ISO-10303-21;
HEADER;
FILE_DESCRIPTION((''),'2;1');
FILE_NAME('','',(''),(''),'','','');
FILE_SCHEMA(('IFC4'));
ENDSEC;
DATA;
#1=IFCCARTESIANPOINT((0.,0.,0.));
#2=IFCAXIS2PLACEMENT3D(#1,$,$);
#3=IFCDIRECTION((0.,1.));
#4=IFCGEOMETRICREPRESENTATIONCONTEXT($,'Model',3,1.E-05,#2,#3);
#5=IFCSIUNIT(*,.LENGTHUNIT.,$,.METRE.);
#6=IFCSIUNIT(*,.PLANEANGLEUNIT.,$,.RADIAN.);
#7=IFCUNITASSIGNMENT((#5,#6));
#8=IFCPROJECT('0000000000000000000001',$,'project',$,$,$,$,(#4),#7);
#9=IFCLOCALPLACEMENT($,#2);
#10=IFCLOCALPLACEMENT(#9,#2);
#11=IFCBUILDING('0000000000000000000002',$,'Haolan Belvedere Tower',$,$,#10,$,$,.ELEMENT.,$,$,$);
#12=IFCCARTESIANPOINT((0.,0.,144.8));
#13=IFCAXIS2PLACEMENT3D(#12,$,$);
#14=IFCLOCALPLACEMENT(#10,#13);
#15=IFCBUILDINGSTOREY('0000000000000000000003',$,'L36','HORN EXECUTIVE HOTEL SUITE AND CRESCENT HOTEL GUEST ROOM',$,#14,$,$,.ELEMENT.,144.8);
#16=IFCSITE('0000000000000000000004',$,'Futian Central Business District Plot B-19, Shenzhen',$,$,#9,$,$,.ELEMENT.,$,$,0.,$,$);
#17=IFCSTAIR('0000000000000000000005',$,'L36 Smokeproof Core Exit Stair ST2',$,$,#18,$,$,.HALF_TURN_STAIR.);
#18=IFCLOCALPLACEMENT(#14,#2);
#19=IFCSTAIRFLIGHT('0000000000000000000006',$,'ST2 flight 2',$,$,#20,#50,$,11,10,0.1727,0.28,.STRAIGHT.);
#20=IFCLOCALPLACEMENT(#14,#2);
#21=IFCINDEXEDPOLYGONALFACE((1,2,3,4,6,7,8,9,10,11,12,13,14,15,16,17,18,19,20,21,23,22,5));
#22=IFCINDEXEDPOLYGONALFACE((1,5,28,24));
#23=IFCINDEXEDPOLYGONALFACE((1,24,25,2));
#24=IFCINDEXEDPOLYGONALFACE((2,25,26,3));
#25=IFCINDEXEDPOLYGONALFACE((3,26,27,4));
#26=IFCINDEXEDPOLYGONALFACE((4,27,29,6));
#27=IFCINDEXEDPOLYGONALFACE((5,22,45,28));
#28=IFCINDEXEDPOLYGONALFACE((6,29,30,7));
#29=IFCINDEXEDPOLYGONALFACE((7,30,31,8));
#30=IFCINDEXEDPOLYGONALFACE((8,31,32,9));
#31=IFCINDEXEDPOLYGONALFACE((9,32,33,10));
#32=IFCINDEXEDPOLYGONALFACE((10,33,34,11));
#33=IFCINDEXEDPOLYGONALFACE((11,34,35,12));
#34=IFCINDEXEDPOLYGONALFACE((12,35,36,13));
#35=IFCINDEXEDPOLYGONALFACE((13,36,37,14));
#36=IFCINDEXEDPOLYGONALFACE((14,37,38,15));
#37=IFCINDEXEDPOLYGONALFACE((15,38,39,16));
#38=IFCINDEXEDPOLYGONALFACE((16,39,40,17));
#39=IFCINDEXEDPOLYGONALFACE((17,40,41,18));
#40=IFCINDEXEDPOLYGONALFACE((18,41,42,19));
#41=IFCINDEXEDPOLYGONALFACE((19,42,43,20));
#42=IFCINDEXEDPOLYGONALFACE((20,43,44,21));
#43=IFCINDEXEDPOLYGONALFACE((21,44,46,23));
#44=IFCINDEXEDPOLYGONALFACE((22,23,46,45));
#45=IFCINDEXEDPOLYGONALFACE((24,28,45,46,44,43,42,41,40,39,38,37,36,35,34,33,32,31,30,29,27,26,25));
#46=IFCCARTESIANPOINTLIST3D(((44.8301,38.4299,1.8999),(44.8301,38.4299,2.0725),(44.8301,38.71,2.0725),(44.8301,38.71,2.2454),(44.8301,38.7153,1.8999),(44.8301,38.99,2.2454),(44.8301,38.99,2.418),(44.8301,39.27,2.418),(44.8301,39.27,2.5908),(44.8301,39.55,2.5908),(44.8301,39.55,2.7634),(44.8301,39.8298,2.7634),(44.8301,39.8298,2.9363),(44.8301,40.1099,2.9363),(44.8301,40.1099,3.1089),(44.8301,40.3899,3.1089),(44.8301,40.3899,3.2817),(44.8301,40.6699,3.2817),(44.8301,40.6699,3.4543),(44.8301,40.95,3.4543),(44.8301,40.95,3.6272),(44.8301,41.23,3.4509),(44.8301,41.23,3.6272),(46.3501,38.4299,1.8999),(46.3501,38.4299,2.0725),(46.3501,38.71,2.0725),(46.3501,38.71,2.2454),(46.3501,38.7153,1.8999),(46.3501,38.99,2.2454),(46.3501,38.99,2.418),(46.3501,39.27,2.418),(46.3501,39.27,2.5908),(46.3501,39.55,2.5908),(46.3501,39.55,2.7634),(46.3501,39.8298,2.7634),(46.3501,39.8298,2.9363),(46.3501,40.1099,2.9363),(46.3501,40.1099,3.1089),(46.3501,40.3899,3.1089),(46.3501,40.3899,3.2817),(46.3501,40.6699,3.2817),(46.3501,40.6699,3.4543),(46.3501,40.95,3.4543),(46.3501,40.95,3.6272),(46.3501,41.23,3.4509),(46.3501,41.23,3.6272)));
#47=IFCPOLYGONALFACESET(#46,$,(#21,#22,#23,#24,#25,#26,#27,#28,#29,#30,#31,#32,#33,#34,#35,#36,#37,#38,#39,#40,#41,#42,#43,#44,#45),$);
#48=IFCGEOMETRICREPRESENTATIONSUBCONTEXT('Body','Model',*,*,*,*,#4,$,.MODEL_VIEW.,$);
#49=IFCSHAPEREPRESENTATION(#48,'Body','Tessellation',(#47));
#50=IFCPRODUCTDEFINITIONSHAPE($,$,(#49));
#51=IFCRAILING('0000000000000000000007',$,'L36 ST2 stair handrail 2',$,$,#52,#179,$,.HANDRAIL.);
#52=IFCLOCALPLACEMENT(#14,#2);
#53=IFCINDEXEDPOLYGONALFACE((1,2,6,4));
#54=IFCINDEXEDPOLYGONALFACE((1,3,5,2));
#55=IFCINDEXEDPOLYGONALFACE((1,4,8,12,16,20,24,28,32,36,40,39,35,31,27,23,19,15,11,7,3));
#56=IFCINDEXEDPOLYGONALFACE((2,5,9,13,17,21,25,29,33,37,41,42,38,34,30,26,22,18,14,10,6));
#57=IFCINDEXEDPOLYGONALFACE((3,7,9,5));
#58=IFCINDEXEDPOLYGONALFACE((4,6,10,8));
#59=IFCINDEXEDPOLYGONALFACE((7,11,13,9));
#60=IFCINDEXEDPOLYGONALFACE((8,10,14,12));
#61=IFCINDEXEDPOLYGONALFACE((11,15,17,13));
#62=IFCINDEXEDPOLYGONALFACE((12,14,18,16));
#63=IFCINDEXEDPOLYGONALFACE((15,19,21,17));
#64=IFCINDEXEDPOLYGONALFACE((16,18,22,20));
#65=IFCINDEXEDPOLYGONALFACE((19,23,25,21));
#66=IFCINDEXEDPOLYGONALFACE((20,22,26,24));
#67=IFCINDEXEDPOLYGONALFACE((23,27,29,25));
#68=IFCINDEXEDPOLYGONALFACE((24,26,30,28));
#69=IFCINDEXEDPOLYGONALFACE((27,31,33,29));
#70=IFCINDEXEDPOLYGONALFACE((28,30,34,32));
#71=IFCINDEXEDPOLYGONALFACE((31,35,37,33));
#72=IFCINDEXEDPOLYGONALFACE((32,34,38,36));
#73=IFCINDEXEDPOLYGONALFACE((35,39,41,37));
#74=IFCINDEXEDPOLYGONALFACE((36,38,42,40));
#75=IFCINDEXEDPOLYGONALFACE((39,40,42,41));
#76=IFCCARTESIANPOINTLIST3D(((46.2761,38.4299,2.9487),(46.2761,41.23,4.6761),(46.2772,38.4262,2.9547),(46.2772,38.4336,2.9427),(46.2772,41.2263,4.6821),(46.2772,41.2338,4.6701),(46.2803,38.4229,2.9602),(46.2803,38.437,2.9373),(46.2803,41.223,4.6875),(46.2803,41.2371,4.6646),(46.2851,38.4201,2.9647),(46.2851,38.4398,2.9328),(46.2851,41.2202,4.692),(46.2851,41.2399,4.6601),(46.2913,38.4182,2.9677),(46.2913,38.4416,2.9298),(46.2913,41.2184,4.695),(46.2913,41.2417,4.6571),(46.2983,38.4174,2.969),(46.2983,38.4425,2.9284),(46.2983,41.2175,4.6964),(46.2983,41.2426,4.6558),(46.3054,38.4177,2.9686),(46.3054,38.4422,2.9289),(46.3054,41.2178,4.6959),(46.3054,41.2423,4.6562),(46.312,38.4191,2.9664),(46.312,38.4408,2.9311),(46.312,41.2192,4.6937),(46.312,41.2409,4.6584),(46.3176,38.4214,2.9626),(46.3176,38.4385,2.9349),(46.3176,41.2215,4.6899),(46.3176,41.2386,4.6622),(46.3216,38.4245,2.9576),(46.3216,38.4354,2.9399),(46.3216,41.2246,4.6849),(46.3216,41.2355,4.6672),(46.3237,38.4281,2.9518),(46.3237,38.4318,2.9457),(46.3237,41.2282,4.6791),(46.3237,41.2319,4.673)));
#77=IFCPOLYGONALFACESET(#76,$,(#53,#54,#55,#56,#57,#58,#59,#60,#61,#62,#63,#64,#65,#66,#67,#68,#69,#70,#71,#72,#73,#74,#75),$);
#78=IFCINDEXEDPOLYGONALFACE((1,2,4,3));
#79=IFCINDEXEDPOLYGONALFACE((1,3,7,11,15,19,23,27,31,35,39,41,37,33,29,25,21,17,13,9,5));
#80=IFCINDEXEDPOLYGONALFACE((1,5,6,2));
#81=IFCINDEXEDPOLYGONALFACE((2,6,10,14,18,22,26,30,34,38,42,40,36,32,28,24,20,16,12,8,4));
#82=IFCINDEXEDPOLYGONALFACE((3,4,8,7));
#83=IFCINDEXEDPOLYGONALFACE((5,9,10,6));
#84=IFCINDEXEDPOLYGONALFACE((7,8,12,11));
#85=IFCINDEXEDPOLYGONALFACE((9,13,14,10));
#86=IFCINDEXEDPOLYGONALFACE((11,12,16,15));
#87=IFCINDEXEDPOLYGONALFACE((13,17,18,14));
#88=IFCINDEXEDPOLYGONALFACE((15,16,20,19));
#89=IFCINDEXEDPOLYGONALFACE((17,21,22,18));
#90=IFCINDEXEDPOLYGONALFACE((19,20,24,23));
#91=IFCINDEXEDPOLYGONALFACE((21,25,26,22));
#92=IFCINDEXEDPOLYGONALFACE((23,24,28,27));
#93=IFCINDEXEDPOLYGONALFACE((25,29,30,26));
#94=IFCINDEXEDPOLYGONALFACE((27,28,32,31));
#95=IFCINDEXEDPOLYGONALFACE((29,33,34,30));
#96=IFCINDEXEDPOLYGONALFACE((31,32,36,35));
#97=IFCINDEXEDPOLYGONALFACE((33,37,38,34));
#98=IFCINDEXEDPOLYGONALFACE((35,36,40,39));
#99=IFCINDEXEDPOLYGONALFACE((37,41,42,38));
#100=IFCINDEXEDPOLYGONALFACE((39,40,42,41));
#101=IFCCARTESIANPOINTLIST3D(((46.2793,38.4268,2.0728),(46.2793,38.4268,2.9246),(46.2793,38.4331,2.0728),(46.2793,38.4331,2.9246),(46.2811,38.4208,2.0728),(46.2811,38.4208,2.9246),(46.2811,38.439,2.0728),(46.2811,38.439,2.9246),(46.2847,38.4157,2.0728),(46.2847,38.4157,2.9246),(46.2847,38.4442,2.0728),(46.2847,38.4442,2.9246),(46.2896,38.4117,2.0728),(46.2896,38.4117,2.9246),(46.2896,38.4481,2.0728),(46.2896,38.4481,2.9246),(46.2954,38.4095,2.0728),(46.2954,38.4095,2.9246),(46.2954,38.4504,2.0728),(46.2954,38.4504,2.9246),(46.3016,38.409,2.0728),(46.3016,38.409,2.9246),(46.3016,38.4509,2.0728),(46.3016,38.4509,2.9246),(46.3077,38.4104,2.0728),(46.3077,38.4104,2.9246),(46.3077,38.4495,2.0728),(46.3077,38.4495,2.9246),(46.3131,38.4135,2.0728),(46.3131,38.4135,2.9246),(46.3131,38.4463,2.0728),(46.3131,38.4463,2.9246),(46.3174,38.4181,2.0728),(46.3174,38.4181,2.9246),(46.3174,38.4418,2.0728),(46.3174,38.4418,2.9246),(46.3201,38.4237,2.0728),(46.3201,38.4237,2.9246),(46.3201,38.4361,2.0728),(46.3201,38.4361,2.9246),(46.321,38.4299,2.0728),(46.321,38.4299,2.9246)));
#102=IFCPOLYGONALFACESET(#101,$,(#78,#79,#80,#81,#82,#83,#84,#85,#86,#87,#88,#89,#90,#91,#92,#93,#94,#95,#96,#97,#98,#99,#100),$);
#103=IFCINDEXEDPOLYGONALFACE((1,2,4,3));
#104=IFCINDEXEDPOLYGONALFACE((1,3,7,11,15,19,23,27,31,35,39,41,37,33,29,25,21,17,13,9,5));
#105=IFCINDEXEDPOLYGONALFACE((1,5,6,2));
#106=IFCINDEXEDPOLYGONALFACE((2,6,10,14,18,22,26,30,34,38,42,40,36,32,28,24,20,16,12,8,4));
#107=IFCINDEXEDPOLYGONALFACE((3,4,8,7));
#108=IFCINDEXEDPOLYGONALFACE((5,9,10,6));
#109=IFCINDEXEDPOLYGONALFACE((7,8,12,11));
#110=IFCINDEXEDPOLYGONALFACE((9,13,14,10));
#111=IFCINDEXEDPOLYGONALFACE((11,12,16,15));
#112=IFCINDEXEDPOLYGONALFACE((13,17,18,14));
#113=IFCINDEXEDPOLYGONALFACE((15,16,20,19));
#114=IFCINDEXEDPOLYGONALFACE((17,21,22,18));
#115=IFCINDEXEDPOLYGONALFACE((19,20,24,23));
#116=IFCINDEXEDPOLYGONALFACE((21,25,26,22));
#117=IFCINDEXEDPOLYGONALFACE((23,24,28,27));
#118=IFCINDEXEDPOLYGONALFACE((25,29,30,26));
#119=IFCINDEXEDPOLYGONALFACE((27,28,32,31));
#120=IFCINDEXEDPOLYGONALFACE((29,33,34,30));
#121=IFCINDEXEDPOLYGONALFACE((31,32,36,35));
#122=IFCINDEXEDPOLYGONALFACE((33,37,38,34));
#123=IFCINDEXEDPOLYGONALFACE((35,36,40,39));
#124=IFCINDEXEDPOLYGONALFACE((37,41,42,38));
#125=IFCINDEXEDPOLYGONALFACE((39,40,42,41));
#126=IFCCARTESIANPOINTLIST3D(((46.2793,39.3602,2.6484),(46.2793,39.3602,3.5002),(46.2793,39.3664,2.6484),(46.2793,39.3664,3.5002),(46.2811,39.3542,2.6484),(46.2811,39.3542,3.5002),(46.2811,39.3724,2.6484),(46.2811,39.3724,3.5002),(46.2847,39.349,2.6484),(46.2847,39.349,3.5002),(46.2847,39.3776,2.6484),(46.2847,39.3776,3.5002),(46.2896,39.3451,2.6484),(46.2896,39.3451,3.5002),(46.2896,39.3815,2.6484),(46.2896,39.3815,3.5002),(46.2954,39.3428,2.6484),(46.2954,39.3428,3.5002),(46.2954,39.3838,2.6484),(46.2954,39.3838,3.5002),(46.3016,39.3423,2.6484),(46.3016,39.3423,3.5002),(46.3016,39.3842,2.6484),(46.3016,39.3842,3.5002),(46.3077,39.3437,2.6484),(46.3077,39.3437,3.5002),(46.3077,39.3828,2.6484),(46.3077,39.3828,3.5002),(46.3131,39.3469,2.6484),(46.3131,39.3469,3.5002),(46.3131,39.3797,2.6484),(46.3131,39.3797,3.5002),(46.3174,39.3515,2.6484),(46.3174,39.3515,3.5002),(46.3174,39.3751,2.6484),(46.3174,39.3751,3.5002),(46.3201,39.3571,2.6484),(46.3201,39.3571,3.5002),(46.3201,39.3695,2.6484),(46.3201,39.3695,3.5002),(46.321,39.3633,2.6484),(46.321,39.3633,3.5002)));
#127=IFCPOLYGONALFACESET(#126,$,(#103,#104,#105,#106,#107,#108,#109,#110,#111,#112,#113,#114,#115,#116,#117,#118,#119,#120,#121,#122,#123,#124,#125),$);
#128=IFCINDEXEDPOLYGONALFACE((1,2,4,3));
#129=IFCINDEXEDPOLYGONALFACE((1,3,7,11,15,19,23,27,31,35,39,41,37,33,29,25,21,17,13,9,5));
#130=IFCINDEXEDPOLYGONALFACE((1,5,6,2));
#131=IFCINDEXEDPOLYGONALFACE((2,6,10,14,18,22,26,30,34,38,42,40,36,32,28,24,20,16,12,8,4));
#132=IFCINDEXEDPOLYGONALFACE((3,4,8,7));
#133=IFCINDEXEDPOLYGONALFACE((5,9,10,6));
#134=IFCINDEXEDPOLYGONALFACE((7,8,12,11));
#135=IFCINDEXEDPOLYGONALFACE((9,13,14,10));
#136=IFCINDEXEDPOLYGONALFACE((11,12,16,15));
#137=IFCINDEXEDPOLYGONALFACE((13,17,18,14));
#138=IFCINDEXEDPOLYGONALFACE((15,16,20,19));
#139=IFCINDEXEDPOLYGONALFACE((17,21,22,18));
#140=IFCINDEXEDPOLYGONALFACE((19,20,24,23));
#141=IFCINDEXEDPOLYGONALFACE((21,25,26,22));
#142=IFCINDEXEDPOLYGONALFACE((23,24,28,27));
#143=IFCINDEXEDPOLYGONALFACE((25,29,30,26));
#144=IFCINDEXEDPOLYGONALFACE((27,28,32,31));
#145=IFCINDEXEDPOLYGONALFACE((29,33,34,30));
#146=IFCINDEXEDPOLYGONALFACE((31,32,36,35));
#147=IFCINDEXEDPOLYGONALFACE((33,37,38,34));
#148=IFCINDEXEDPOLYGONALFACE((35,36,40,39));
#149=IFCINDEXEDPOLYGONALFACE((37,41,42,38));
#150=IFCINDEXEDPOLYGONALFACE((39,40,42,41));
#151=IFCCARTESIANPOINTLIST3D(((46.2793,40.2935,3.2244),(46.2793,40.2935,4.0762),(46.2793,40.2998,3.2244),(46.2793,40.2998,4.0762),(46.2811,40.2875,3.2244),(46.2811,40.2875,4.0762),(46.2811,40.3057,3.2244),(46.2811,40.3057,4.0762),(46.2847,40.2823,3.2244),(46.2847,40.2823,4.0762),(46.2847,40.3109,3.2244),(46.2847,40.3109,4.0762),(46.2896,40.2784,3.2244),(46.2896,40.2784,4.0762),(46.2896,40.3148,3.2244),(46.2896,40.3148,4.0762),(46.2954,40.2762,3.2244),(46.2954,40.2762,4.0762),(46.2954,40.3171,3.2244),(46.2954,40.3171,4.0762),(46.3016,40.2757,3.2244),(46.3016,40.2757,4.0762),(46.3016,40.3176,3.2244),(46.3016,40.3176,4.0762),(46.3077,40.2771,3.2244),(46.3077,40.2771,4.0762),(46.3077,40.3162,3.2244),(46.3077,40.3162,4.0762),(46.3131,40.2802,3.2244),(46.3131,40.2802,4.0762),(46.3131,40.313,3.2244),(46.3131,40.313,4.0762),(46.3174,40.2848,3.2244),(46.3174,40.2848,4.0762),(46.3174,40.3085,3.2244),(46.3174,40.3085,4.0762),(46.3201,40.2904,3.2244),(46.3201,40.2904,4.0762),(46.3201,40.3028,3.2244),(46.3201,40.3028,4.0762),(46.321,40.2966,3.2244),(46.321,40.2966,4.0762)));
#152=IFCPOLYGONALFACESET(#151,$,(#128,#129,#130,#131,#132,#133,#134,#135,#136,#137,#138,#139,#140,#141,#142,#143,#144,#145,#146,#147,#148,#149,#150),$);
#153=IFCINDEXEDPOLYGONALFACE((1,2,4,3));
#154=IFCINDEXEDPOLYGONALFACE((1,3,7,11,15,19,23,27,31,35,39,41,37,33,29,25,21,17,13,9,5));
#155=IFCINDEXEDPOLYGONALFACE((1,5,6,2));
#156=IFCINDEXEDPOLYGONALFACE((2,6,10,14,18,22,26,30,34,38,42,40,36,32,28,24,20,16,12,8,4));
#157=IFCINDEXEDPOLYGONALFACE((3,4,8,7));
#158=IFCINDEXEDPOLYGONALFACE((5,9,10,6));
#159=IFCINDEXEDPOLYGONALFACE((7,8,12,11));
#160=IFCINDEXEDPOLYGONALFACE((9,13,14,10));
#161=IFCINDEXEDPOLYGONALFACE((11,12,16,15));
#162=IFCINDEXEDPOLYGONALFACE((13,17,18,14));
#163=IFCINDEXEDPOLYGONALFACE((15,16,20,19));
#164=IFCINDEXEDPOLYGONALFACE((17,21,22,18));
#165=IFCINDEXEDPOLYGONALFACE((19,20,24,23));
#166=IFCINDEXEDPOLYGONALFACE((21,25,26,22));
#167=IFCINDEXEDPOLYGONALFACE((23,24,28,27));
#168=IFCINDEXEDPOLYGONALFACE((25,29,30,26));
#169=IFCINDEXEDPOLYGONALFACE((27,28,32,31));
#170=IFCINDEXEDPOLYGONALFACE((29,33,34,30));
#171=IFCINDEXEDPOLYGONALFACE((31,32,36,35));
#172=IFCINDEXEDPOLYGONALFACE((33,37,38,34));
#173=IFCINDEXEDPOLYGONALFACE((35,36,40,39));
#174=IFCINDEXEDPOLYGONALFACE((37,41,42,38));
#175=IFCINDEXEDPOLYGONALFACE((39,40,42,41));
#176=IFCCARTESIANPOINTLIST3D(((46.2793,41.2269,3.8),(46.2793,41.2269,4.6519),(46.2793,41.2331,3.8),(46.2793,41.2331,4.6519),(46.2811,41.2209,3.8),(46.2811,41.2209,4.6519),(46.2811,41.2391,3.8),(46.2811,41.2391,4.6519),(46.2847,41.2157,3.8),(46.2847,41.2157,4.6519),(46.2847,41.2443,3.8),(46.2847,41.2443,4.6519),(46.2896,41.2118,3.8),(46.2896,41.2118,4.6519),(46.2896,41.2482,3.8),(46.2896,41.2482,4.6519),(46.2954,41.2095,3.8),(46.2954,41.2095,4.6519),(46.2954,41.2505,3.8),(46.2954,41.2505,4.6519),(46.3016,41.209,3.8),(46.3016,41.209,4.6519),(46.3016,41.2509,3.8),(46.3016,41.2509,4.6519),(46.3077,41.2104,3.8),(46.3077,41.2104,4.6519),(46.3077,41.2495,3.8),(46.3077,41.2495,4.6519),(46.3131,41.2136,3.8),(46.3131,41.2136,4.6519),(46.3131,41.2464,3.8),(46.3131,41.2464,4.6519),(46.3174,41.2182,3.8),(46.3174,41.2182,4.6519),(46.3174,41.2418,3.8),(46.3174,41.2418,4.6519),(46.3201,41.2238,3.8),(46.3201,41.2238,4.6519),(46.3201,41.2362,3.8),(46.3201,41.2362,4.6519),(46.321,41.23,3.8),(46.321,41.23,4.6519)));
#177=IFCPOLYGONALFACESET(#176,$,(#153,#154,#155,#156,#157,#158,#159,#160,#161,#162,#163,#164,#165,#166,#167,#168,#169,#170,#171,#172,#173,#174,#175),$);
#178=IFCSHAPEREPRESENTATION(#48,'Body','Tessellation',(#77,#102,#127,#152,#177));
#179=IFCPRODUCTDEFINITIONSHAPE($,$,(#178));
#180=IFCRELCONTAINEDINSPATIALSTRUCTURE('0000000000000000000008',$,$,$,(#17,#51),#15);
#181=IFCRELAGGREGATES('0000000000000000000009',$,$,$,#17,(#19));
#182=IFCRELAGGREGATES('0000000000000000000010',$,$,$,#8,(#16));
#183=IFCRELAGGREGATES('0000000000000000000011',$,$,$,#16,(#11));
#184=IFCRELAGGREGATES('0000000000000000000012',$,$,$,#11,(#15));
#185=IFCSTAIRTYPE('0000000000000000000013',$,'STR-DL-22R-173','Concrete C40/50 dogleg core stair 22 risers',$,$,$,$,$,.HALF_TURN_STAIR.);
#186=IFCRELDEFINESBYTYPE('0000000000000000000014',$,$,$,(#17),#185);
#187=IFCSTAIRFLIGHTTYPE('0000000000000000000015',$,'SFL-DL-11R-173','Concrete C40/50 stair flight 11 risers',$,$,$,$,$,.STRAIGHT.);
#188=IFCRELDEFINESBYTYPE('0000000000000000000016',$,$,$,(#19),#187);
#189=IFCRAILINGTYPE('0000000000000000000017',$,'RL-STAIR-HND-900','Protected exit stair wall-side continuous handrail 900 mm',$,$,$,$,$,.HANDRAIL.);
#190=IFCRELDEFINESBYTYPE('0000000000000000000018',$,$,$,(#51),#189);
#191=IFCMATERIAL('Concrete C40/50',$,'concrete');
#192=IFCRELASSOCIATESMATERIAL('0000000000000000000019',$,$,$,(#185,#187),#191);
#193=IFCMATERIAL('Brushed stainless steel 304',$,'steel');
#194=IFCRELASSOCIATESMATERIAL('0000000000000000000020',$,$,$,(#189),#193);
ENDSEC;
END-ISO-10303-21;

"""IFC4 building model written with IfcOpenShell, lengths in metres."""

from ifc_helpers import new_model, si_unit, direction, frame, origin, origin_2d, place, context, subcontext, project, spatial, polyline, circle, outline, extrude, material, type_object, element, aggregate, save


model = new_model("IFC4")

# Units and contexts
model_context = context("Model", 3, precision=1e-05, world=origin(), true_north=direction((0.0, 1.0)))
body_context = subcontext(model_context, "Body", "Model", "MODEL_VIEW")
ifc_project = project(units=[si_unit("LENGTHUNIT", "METRE"), si_unit("PLANEANGLEUNIT", "RADIAN")], contexts=[model_context])

# Site, building, storey
site_placement = place(None, origin())
site = spatial("IfcSite", under=ifc_project, at=site_placement, Name="Futian Central Business District Plot B-19, Shenzhen", CompositionType="ELEMENT", RefElevation=0.0)
building_placement = place(site_placement, origin())
building = spatial("IfcBuilding", under=site, at=building_placement, Name="Haolan Belvedere Tower", CompositionType="ELEMENT")
storey_placement = place(building_placement, frame((0.0, 0.0, 144.8)))
storey = spatial("IfcBuildingStorey", under=building, at=storey_placement, Name="L36", Description="HORN EXECUTIVE HOTEL SUITE AND CRESCENT HOTEL GUEST ROOM", CompositionType="ELEMENT", Elevation=144.8)

# Stair, stair flight
ifc_material_1 = material(Name="Concrete C40/50", Category="concrete")
stair_type = type_object("IfcStairType", Name="STR-DL-22R-173", Description="Concrete C40/50 dogleg core stair 22 risers", PredefinedType="HALF_TURN_STAIR", material=ifc_material_1)
stair_placement = place(storey_placement, origin())
stair = element("IfcStair", 1, at=stair_placement, inside=storey, type_object=stair_type, Name="L36 Smokeproof Core Exit Stair ST2", PredefinedType="HALF_TURN_STAIR")
stair_flight_type = type_object("IfcStairFlightType", Name="SFL-DL-11R-173", Description="Concrete C40/50 stair flight 11 risers", PredefinedType="STRAIGHT", material=ifc_material_1)
stair_flight_placement = place(storey_placement, frame((45.5901, 38.4299, 1.8999), z_axis=(0.0, 0.0, 1.0), x_axis=(0.0, 1.0, 0.0)))
stair_flight = element("IfcStairFlight", 2, at=stair_flight_placement, type_object=stair_flight_type, Name="ST2 flight 2", NumberOfRisers=11, NumberOfTreads=10, PredefinedType="STRAIGHT", RiserHeight=0.1727, TreadLength=0.28, context=body_context, shape_type="SweptSolid", body=[
    extrude(outline(polyline([(0.0, 0.0), (0.0, 0.1726), (0.28, 0.1726), (0.28, 0.3455), (0.5601, 0.3455), (0.5601, 0.5181), (0.8401, 0.5181), (0.8401, 0.6909), (1.1201, 0.6909), (1.1201, 0.8635), (1.3999, 0.8635), (1.3999, 1.0364), (1.6799, 1.0364), (1.6799, 1.209), (1.96, 1.209), (1.96, 1.3818), (2.24, 1.3818), (2.24, 1.5544), (2.52, 1.5544), (2.52, 1.7273), (2.8, 1.7273), (2.8, 1.8999), (2.8, 1.551), (0.2854, 0.0), (0.0, 0.0)])), frame((0.0, 0.76, 0.0), z_axis=(0.0, -1.0, 0.0), x_axis=(1.0, 0.0, 0.0)), (0.0, 0.0, 1.0), 1.52),
])
aggregate(stair, [stair_flight])

# Railing
ifc_material_2 = material(Name="Brushed stainless steel 304", Category="steel")
railing_type = type_object("IfcRailingType", Name="RL-STAIR-HND-900", Description="Protected exit stair wall-side continuous handrail 900 mm", PredefinedType="HANDRAIL", material=ifc_material_2)
railing_placement = place(storey_placement, frame((46.3, 38.4299, 2.0728)))
element("IfcRailing", 3, at=railing_placement, inside=storey, type_object=railing_type, Name="L36 ST2 stair handrail 2", PredefinedType="HANDRAIL", context=body_context, shape_type="SweptSolid", body=[
    extrude(circle(Radius=0.0239, at=origin_2d()), frame((0.0, 0.0, 0.876), z_axis=(0.0, 0.85109, 0.52502), x_axis=(-1.0, 0.0, 0.0)), (0.0, 0.0, 1.0), 3.29),
    extrude(circle(Radius=0.021, at=origin_2d()), origin(), (0.0, 0.0, 1.0), 0.8518),
    extrude(circle(Radius=0.021, at=origin_2d()), frame((0.0, 0.9333, 0.5757)), (0.0, 0.0, 1.0), 0.8518),
    extrude(circle(Radius=0.021, at=origin_2d()), frame((0.0, 1.8667, 1.1516)), (0.0, 0.0, 1.0), 0.8518),
    extrude(circle(Radius=0.021, at=origin_2d()), frame((0.0, 2.8, 1.7273)), (0.0, 0.0, 1.0), 0.8518),
])

save(model, "model.ifc")
